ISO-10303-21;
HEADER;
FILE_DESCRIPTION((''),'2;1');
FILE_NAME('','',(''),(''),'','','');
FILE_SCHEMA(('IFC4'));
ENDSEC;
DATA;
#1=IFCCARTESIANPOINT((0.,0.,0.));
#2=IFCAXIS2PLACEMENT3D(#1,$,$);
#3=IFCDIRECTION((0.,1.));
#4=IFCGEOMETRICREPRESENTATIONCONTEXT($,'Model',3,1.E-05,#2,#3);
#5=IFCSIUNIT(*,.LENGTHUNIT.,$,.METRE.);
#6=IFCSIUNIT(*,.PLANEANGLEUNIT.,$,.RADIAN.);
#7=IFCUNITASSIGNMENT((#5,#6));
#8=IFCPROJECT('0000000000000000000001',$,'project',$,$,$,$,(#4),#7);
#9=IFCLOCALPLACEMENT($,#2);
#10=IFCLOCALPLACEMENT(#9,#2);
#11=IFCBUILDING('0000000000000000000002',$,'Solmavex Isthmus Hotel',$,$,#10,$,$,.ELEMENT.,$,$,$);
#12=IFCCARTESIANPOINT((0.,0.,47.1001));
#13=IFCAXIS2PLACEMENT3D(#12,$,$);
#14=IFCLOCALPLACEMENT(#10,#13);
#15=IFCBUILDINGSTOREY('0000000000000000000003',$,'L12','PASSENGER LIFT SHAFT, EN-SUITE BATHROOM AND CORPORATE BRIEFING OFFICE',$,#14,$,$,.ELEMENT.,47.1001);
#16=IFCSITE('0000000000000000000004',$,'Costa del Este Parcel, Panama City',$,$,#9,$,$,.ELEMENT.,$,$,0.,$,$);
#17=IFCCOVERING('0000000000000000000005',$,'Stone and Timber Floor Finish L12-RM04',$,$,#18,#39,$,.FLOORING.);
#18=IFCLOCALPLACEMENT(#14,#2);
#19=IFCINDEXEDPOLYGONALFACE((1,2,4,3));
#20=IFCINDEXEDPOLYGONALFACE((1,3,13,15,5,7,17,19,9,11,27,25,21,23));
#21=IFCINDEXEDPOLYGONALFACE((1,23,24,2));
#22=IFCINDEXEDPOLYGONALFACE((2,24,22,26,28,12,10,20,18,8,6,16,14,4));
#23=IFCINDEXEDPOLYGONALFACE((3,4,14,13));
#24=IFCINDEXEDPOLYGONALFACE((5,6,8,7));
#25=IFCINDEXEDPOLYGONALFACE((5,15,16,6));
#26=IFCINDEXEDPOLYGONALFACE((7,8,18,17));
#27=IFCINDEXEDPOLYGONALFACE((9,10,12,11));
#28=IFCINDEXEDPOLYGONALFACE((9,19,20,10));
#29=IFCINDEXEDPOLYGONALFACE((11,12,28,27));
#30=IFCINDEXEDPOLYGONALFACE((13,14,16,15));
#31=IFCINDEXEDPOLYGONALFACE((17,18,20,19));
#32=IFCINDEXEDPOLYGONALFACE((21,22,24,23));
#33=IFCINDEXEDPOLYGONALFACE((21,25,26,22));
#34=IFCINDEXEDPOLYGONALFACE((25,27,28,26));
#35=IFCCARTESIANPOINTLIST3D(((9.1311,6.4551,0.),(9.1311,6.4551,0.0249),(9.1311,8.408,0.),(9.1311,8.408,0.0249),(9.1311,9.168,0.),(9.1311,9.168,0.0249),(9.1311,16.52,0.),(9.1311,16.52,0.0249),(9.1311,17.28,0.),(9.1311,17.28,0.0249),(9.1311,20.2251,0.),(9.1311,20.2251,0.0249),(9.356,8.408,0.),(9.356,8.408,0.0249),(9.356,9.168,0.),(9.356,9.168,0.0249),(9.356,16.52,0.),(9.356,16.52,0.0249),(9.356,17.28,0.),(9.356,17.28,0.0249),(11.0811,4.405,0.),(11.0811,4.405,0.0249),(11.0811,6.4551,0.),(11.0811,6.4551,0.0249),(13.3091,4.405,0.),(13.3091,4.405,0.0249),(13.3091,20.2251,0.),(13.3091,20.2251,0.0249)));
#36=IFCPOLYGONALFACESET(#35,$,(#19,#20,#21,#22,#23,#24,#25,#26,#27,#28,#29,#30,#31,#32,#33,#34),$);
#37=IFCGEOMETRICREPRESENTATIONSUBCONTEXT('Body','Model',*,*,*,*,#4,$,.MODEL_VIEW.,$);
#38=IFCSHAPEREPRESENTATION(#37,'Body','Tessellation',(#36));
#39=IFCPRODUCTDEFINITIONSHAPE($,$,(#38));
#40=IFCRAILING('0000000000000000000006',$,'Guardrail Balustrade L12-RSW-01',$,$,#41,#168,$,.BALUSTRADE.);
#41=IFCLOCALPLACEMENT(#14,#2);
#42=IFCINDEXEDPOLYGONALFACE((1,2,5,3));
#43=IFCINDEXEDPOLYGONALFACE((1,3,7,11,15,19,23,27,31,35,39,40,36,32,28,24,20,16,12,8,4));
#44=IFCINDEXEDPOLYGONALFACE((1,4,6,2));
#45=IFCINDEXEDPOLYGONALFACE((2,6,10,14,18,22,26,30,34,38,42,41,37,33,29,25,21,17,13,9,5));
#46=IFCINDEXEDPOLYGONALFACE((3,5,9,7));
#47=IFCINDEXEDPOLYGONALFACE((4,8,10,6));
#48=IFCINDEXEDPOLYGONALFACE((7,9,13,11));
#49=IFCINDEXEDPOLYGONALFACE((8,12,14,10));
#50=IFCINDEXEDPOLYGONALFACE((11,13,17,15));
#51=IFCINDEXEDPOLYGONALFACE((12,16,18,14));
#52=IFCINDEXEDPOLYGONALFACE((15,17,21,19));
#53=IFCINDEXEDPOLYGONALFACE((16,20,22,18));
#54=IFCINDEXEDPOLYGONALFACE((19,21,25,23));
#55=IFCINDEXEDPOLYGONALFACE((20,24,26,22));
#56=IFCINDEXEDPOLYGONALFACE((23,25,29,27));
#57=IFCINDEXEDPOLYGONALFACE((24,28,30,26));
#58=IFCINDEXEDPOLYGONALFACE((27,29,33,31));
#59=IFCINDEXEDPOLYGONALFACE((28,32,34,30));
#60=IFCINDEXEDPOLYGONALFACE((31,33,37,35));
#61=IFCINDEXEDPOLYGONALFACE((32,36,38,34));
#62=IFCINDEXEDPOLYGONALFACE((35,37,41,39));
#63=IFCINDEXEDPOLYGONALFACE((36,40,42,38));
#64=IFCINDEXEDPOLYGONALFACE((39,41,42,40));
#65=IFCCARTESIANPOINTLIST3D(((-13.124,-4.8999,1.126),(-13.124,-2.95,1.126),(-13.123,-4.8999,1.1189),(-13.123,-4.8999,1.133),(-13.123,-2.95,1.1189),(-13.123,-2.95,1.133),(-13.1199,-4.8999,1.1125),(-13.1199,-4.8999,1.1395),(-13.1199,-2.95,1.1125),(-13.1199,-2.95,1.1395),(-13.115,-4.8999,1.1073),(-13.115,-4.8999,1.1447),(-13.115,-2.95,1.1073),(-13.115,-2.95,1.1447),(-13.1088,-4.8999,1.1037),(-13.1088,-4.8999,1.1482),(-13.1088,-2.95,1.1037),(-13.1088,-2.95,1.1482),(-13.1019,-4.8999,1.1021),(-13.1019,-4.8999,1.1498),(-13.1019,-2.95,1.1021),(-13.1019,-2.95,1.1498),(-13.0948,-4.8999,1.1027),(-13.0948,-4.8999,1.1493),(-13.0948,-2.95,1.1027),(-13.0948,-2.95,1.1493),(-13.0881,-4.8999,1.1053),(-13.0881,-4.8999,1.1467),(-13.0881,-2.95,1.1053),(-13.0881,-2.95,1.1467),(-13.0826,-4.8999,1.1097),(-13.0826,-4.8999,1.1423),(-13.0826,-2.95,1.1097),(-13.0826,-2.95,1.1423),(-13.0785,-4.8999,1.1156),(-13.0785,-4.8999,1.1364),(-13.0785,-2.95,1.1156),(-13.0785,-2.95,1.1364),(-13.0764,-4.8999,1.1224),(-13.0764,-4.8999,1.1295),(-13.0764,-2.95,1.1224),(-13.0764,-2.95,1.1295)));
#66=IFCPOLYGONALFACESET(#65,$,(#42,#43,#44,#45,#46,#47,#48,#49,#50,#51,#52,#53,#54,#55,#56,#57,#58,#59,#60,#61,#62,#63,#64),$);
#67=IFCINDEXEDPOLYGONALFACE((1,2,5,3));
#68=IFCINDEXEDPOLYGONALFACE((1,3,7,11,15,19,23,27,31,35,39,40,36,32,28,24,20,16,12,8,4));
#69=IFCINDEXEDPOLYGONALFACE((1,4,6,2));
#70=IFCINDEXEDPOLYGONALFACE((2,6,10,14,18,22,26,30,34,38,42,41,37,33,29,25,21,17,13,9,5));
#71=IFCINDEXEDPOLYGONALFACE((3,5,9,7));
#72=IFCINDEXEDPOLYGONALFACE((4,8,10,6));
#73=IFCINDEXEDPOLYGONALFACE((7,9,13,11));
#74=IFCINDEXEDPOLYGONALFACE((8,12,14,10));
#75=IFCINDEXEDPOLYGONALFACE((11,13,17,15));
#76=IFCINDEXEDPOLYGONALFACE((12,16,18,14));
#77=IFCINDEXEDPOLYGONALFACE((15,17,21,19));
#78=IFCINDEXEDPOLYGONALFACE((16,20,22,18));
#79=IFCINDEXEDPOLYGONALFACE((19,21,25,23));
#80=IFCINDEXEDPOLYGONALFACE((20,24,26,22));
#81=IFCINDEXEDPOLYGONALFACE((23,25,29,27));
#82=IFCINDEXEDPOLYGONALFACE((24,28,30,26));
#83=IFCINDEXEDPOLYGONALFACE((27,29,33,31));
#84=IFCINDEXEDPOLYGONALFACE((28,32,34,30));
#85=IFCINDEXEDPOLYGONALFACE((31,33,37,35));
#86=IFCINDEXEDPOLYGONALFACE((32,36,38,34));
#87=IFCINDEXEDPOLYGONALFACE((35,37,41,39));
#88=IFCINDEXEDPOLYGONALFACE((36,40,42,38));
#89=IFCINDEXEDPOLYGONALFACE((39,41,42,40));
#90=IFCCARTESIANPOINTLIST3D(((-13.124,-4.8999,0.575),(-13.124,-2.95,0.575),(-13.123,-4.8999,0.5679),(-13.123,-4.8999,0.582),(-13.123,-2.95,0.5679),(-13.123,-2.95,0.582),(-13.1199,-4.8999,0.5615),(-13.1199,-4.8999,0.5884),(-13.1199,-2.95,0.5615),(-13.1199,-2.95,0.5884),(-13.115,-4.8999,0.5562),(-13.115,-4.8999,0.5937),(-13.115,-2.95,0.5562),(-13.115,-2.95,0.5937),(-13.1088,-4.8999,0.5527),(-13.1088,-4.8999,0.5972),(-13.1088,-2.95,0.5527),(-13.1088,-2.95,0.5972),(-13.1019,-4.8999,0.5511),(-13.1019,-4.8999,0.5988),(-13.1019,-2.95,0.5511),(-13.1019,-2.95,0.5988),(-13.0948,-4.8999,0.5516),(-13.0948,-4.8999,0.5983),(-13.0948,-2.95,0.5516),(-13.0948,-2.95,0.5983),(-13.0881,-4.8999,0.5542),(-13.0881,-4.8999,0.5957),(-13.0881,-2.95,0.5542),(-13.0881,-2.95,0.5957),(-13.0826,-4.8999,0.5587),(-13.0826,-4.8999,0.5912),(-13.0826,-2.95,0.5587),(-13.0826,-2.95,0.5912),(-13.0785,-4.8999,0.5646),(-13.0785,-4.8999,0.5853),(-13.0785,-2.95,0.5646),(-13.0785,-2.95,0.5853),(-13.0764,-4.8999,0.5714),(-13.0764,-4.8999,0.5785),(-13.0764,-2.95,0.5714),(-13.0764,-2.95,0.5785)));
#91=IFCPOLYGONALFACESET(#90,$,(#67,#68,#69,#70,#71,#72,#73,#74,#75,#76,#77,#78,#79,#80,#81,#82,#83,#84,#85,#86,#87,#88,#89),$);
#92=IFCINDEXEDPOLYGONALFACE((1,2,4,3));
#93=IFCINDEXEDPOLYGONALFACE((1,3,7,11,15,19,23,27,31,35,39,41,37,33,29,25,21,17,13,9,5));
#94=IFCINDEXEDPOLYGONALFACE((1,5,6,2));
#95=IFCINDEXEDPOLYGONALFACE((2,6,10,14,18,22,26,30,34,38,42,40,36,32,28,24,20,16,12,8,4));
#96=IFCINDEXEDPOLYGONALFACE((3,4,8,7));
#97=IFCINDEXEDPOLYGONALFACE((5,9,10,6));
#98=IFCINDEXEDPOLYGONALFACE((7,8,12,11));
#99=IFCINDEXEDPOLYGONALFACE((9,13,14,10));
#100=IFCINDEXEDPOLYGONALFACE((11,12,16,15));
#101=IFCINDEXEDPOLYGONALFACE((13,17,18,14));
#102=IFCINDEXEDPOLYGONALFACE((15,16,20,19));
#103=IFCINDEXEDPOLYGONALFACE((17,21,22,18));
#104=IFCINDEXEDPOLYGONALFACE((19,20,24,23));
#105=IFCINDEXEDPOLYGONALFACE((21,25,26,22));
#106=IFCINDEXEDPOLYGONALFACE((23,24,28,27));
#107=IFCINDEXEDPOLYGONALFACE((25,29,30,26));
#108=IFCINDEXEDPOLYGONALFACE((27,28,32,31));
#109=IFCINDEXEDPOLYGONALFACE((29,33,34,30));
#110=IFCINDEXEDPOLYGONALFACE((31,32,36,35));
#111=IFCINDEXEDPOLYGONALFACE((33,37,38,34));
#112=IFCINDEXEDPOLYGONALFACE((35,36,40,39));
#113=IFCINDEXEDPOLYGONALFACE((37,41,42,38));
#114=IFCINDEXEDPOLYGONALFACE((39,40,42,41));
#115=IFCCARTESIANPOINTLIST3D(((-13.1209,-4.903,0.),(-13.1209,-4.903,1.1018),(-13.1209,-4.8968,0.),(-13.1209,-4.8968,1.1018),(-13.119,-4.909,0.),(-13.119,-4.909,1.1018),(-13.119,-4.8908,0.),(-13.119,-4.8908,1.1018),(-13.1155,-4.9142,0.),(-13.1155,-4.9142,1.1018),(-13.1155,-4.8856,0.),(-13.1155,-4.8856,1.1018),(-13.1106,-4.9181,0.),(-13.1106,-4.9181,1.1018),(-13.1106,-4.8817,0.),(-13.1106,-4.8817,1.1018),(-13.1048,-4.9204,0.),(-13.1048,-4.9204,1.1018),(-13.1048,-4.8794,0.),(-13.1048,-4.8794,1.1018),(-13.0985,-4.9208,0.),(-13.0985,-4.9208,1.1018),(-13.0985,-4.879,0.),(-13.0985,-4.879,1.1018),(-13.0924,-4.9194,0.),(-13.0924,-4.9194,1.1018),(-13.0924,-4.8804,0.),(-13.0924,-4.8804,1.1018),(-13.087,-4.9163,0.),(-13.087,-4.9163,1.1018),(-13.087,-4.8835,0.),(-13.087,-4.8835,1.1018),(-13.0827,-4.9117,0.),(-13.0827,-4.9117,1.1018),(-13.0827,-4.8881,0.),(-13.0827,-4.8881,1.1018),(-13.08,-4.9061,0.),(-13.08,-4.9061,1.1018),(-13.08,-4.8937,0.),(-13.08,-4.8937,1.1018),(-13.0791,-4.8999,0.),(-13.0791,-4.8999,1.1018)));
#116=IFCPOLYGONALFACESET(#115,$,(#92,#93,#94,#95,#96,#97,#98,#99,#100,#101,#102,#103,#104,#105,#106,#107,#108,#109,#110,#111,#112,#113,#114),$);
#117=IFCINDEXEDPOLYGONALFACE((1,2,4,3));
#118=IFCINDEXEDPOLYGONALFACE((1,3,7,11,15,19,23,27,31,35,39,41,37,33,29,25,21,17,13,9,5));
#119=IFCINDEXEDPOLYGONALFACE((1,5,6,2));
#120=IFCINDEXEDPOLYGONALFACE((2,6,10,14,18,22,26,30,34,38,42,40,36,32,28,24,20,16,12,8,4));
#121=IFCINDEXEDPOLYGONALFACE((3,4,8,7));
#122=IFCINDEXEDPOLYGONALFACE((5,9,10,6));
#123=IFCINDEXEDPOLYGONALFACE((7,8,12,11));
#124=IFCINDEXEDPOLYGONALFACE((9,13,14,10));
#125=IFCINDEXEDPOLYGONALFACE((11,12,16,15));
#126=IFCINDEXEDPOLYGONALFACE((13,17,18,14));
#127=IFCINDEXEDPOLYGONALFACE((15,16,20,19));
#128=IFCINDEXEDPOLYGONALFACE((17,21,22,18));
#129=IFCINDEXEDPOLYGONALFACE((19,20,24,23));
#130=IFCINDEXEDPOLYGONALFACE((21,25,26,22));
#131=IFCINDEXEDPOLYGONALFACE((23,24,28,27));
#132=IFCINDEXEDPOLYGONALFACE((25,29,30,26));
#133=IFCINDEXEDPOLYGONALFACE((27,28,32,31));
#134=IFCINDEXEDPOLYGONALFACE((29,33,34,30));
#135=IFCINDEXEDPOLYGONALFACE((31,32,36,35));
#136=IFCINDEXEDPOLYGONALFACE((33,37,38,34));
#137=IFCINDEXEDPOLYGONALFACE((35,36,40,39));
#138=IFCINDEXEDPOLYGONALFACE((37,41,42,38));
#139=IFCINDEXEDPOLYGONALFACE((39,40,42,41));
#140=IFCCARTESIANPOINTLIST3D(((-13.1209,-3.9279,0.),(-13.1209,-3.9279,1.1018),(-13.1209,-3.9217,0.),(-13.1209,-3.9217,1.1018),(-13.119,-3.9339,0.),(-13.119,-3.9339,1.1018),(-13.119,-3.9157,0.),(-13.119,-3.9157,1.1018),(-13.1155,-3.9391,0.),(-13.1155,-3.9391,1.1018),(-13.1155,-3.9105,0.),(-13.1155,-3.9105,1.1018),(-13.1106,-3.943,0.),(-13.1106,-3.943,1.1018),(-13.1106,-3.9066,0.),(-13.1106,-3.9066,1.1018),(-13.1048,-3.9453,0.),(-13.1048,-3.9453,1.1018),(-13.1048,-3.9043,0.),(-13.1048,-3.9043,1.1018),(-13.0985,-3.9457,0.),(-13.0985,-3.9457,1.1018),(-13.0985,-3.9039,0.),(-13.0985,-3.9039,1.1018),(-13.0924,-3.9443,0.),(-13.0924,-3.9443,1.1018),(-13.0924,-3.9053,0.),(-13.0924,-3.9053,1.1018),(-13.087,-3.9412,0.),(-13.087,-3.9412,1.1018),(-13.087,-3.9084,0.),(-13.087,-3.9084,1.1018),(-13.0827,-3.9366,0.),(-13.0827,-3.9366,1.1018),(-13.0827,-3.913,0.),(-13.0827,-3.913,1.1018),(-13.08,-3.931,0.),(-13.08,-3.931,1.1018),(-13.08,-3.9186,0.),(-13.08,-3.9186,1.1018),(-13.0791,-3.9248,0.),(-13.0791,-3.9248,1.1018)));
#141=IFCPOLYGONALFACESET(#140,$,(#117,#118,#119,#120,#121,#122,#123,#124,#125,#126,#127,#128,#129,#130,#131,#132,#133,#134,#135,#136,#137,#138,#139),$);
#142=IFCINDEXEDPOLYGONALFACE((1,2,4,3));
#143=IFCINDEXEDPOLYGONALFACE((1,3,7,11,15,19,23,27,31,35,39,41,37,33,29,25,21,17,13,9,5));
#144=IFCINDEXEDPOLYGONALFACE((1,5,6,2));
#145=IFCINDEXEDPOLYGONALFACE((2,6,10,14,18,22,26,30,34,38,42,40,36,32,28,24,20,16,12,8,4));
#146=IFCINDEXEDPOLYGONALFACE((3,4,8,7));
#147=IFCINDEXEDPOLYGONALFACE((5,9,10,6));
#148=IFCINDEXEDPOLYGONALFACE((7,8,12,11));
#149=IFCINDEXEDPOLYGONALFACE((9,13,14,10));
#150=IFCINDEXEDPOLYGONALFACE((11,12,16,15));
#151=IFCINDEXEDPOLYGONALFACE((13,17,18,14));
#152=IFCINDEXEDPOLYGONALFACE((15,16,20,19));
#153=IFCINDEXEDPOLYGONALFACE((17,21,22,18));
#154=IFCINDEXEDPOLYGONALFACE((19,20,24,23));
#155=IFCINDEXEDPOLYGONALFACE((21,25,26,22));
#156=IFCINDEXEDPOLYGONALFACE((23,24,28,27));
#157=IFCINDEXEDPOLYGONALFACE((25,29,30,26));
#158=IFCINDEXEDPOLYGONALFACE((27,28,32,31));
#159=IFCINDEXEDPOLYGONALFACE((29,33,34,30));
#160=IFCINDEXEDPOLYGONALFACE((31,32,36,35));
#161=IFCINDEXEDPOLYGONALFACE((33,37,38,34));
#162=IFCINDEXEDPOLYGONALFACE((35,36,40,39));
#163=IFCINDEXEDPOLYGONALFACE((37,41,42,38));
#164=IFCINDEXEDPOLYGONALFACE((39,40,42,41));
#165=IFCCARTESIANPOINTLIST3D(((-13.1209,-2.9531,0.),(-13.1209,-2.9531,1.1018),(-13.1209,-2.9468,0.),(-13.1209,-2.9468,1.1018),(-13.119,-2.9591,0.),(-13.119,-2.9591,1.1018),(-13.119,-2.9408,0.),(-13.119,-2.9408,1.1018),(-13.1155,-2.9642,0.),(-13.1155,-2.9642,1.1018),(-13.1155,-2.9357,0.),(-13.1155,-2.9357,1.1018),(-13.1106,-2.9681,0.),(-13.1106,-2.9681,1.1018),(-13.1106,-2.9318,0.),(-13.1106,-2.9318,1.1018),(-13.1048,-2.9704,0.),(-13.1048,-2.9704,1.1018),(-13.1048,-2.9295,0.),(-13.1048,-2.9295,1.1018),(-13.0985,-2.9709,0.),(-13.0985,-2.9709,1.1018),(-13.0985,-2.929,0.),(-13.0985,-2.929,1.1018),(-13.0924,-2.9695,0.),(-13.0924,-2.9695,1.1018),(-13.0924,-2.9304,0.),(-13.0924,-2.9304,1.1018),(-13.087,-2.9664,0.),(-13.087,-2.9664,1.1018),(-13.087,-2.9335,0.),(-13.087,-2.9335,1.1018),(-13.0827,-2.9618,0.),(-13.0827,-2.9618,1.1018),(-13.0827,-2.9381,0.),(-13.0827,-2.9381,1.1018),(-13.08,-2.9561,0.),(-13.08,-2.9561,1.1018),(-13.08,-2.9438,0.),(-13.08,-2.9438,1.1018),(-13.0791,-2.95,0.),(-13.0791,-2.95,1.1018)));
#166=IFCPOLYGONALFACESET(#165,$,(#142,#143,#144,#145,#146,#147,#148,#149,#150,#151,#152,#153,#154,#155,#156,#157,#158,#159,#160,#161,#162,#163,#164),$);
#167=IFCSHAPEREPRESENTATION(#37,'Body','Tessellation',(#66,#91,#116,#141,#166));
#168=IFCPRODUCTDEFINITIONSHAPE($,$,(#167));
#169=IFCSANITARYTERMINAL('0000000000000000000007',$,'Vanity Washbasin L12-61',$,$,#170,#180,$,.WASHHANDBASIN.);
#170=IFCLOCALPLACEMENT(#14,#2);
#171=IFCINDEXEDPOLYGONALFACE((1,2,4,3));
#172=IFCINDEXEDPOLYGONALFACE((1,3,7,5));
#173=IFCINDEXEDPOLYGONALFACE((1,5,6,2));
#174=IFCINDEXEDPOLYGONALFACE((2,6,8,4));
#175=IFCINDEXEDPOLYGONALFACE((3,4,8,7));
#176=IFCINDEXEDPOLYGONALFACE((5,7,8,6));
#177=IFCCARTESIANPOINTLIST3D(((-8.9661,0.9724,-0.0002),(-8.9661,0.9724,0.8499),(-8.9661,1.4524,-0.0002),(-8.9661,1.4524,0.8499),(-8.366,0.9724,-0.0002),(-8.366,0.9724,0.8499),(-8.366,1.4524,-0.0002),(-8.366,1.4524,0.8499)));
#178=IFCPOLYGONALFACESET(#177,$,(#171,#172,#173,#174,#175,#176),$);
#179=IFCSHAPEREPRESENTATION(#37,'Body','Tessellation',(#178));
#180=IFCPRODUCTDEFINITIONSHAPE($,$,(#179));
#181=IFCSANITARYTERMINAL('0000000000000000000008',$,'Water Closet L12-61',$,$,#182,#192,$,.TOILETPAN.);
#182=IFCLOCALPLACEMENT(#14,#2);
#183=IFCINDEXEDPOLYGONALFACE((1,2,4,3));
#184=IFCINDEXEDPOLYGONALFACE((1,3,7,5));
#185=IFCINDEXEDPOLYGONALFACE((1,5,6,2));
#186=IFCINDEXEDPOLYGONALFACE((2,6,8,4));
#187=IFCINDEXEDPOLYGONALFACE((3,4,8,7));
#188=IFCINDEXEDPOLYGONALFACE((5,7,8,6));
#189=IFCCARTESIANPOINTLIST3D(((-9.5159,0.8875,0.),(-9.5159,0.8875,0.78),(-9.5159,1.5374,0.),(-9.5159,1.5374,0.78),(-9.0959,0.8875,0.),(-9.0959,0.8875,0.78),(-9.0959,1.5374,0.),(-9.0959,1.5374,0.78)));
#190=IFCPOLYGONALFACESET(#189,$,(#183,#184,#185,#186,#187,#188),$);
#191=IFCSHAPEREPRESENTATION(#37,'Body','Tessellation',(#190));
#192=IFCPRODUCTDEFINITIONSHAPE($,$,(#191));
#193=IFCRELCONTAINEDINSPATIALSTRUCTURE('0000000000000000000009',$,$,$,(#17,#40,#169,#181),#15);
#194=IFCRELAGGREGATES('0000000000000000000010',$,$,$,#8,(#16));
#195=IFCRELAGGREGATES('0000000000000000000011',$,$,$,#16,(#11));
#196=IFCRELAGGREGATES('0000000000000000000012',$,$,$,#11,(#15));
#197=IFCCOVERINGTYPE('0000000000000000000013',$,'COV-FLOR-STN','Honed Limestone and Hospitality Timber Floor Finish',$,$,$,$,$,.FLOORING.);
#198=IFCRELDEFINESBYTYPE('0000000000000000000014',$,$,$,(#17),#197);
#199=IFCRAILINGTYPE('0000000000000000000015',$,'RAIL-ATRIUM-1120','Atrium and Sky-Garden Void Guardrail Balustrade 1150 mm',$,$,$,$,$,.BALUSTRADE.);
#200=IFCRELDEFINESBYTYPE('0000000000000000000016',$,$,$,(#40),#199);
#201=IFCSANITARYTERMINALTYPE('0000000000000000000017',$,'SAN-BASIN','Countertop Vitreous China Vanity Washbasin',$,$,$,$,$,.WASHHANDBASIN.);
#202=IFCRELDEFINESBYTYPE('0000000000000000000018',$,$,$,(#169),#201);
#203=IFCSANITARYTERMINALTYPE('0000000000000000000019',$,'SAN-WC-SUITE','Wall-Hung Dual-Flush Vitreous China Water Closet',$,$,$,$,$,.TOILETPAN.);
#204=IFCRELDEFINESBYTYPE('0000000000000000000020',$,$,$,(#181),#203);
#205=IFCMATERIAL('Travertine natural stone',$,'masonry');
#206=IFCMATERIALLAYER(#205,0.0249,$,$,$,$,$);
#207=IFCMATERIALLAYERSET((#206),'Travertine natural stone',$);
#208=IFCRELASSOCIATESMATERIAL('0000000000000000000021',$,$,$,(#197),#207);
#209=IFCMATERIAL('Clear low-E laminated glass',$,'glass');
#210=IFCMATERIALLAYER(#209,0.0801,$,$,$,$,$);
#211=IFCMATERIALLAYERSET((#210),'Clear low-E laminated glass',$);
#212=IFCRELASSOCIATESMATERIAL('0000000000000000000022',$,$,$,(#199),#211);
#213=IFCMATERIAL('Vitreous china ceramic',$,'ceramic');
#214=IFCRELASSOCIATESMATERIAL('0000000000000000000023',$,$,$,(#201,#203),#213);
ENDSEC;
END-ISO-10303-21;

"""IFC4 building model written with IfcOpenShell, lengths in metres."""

from ifc_helpers import new_model, si_unit, direction, frame, origin, origin_2d, place, context, subcontext, project, spatial, polyline, rectangle, circle, outline, extrude, material, layer, layer_set, type_object, element, save


model = new_model("IFC4")

# Units and contexts
model_context = context("Model", 3, precision=1e-05, world=origin(), true_north=direction((0.0, 1.0)))
body_context = subcontext(model_context, "Body", "Model", "MODEL_VIEW")
ifc_project = project(units=[si_unit("LENGTHUNIT", "METRE"), si_unit("PLANEANGLEUNIT", "RADIAN")], contexts=[model_context])

# Site, building, storey
site_placement = place(None, origin())
site = spatial("IfcSite", under=ifc_project, at=site_placement, Name="Costa del Este Parcel, Panama City", CompositionType="ELEMENT", RefElevation=0.0)
building_placement = place(site_placement, origin())
building = spatial("IfcBuilding", under=site, at=building_placement, Name="Solmavex Isthmus Hotel", CompositionType="ELEMENT")
storey_placement = place(building_placement, frame((0.0, 0.0, 47.1001)))
storey = spatial("IfcBuildingStorey", under=building, at=storey_placement, Name="L12", Description="PASSENGER LIFT SHAFT, EN-SUITE BATHROOM AND CORPORATE BRIEFING OFFICE", CompositionType="ELEMENT", Elevation=47.1001)

# Covering
ifc_material_1 = material(Name="Travertine natural stone", Category="masonry")
ifc_layer_1 = layer(ifc_material_1, 0.0249)
ifc_layer_set_1 = layer_set([ifc_layer_1], Name="Travertine natural stone")
covering_type_1 = type_object("IfcCoveringType", Name="COV-FLOR-STN", Description="Honed Limestone and Hospitality Timber Floor Finish", PredefinedType="FLOORING", material=ifc_layer_set_1)
covering_1_placement = place(storey_placement, origin())
element("IfcCovering", 1, at=covering_1_placement, inside=storey, type_object=covering_type_1, Name="Stone and Timber Floor Finish L12-RM04", PredefinedType="FLOORING", context=body_context, shape_type="SweptSolid", body=[
    extrude(outline(polyline([(9.1311, 9.168), (9.356, 9.168), (9.356, 8.408), (9.1311, 8.408), (9.1311, 6.4551), (11.0811, 6.4551), (11.0811, 4.405), (13.3091, 4.405), (13.3091, 20.2251), (9.1311, 20.2251), (9.1311, 17.28), (9.356, 17.28), (9.356, 16.52), (9.1311, 16.52), (9.1311, 9.168)])), origin(), (0.0, 0.0, 1.0), 0.0249),
])

# Railing
ifc_material_2 = material(Name="Clear low-E laminated glass", Category="glass")
ifc_layer_2 = layer(ifc_material_2, 0.0801)
ifc_layer_set_2 = layer_set([ifc_layer_2], Name="Clear low-E laminated glass")
railing_type = type_object("IfcRailingType", Name="RAIL-ATRIUM-1120", Description="Atrium and Sky-Garden Void Guardrail Balustrade 1150 mm", PredefinedType="BALUSTRADE", material=ifc_layer_set_2)
railing_placement = place(storey_placement, frame((-13.1001, -4.8999, 0.0)))
element("IfcRailing", 2, at=railing_placement, inside=storey, type_object=railing_type, Name="Guardrail Balustrade L12-RSW-01", PredefinedType="BALUSTRADE", context=body_context, shape_type="SweptSolid", body=[
    extrude(circle(Radius=0.0239, at=origin_2d()), frame((0.0, 0.0, 1.126), z_axis=(0.0, 1.0, 0.0), x_axis=(-1.0, 0.0, 0.0)), (0.0, 0.0, 1.0), 1.95),
    extrude(circle(Radius=0.0239, at=origin_2d()), frame((0.0, 0.0, 0.575), z_axis=(0.0, 1.0, 0.0), x_axis=(-1.0, 0.0, 0.0)), (0.0, 0.0, 1.0), 1.95),
    extrude(circle(Radius=0.021, at=origin_2d()), origin(), (0.0, 0.0, 1.0), 1.1018),
    extrude(circle(Radius=0.021, at=origin_2d()), frame((0.0, 0.9751, 0.0)), (0.0, 0.0, 1.0), 1.1018),
    extrude(circle(Radius=0.021, at=origin_2d()), frame((0.0, 1.95, 0.0)), (0.0, 0.0, 1.0), 1.1018),
])

# Sanitary terminals
ifc_material_3 = material(Name="Vitreous china ceramic", Category="ceramic")
sanitary_terminal_type_1 = type_object("IfcSanitaryTerminalType", Name="SAN-BASIN", Description="Countertop Vitreous China Vanity Washbasin", PredefinedType="WASHHANDBASIN", material=ifc_material_3)
sanitary_terminal_1_placement = place(storey_placement, frame((-8.666, 1.2124, -0.0002), z_axis=(0.0, 0.0, 1.0), x_axis=(1.0, 0.0, 0.0)))
element("IfcSanitaryTerminal", 3, at=sanitary_terminal_1_placement, inside=storey, type_object=sanitary_terminal_type_1, Name="Vanity Washbasin L12-61", PredefinedType="WASHHANDBASIN", context=body_context, shape_type="SweptSolid", body=[
    extrude(rectangle(XDim=0.6001, YDim=0.48, at=origin_2d()), origin(), (0.0, 0.0, 1.0), 0.8501),
])
sanitary_terminal_type_2 = type_object("IfcSanitaryTerminalType", Name="SAN-WC-SUITE", Description="Wall-Hung Dual-Flush Vitreous China Water Closet", PredefinedType="TOILETPAN", material=ifc_material_3)
sanitary_terminal_2_placement = place(storey_placement, frame((-9.3059, 1.2124, 0.0), z_axis=(0.0, 0.0, 1.0), x_axis=(1.0, 0.0, 0.0)))
element("IfcSanitaryTerminal", 4, at=sanitary_terminal_2_placement, inside=storey, type_object=sanitary_terminal_type_2, Name="Water Closet L12-61", PredefinedType="TOILETPAN", context=body_context, shape_type="SweptSolid", body=[
    extrude(rectangle(XDim=0.4199, YDim=0.6499, at=origin_2d()), origin(), (0.0, 0.0, 1.0), 0.78),
])

save(model, "model.ifc")
